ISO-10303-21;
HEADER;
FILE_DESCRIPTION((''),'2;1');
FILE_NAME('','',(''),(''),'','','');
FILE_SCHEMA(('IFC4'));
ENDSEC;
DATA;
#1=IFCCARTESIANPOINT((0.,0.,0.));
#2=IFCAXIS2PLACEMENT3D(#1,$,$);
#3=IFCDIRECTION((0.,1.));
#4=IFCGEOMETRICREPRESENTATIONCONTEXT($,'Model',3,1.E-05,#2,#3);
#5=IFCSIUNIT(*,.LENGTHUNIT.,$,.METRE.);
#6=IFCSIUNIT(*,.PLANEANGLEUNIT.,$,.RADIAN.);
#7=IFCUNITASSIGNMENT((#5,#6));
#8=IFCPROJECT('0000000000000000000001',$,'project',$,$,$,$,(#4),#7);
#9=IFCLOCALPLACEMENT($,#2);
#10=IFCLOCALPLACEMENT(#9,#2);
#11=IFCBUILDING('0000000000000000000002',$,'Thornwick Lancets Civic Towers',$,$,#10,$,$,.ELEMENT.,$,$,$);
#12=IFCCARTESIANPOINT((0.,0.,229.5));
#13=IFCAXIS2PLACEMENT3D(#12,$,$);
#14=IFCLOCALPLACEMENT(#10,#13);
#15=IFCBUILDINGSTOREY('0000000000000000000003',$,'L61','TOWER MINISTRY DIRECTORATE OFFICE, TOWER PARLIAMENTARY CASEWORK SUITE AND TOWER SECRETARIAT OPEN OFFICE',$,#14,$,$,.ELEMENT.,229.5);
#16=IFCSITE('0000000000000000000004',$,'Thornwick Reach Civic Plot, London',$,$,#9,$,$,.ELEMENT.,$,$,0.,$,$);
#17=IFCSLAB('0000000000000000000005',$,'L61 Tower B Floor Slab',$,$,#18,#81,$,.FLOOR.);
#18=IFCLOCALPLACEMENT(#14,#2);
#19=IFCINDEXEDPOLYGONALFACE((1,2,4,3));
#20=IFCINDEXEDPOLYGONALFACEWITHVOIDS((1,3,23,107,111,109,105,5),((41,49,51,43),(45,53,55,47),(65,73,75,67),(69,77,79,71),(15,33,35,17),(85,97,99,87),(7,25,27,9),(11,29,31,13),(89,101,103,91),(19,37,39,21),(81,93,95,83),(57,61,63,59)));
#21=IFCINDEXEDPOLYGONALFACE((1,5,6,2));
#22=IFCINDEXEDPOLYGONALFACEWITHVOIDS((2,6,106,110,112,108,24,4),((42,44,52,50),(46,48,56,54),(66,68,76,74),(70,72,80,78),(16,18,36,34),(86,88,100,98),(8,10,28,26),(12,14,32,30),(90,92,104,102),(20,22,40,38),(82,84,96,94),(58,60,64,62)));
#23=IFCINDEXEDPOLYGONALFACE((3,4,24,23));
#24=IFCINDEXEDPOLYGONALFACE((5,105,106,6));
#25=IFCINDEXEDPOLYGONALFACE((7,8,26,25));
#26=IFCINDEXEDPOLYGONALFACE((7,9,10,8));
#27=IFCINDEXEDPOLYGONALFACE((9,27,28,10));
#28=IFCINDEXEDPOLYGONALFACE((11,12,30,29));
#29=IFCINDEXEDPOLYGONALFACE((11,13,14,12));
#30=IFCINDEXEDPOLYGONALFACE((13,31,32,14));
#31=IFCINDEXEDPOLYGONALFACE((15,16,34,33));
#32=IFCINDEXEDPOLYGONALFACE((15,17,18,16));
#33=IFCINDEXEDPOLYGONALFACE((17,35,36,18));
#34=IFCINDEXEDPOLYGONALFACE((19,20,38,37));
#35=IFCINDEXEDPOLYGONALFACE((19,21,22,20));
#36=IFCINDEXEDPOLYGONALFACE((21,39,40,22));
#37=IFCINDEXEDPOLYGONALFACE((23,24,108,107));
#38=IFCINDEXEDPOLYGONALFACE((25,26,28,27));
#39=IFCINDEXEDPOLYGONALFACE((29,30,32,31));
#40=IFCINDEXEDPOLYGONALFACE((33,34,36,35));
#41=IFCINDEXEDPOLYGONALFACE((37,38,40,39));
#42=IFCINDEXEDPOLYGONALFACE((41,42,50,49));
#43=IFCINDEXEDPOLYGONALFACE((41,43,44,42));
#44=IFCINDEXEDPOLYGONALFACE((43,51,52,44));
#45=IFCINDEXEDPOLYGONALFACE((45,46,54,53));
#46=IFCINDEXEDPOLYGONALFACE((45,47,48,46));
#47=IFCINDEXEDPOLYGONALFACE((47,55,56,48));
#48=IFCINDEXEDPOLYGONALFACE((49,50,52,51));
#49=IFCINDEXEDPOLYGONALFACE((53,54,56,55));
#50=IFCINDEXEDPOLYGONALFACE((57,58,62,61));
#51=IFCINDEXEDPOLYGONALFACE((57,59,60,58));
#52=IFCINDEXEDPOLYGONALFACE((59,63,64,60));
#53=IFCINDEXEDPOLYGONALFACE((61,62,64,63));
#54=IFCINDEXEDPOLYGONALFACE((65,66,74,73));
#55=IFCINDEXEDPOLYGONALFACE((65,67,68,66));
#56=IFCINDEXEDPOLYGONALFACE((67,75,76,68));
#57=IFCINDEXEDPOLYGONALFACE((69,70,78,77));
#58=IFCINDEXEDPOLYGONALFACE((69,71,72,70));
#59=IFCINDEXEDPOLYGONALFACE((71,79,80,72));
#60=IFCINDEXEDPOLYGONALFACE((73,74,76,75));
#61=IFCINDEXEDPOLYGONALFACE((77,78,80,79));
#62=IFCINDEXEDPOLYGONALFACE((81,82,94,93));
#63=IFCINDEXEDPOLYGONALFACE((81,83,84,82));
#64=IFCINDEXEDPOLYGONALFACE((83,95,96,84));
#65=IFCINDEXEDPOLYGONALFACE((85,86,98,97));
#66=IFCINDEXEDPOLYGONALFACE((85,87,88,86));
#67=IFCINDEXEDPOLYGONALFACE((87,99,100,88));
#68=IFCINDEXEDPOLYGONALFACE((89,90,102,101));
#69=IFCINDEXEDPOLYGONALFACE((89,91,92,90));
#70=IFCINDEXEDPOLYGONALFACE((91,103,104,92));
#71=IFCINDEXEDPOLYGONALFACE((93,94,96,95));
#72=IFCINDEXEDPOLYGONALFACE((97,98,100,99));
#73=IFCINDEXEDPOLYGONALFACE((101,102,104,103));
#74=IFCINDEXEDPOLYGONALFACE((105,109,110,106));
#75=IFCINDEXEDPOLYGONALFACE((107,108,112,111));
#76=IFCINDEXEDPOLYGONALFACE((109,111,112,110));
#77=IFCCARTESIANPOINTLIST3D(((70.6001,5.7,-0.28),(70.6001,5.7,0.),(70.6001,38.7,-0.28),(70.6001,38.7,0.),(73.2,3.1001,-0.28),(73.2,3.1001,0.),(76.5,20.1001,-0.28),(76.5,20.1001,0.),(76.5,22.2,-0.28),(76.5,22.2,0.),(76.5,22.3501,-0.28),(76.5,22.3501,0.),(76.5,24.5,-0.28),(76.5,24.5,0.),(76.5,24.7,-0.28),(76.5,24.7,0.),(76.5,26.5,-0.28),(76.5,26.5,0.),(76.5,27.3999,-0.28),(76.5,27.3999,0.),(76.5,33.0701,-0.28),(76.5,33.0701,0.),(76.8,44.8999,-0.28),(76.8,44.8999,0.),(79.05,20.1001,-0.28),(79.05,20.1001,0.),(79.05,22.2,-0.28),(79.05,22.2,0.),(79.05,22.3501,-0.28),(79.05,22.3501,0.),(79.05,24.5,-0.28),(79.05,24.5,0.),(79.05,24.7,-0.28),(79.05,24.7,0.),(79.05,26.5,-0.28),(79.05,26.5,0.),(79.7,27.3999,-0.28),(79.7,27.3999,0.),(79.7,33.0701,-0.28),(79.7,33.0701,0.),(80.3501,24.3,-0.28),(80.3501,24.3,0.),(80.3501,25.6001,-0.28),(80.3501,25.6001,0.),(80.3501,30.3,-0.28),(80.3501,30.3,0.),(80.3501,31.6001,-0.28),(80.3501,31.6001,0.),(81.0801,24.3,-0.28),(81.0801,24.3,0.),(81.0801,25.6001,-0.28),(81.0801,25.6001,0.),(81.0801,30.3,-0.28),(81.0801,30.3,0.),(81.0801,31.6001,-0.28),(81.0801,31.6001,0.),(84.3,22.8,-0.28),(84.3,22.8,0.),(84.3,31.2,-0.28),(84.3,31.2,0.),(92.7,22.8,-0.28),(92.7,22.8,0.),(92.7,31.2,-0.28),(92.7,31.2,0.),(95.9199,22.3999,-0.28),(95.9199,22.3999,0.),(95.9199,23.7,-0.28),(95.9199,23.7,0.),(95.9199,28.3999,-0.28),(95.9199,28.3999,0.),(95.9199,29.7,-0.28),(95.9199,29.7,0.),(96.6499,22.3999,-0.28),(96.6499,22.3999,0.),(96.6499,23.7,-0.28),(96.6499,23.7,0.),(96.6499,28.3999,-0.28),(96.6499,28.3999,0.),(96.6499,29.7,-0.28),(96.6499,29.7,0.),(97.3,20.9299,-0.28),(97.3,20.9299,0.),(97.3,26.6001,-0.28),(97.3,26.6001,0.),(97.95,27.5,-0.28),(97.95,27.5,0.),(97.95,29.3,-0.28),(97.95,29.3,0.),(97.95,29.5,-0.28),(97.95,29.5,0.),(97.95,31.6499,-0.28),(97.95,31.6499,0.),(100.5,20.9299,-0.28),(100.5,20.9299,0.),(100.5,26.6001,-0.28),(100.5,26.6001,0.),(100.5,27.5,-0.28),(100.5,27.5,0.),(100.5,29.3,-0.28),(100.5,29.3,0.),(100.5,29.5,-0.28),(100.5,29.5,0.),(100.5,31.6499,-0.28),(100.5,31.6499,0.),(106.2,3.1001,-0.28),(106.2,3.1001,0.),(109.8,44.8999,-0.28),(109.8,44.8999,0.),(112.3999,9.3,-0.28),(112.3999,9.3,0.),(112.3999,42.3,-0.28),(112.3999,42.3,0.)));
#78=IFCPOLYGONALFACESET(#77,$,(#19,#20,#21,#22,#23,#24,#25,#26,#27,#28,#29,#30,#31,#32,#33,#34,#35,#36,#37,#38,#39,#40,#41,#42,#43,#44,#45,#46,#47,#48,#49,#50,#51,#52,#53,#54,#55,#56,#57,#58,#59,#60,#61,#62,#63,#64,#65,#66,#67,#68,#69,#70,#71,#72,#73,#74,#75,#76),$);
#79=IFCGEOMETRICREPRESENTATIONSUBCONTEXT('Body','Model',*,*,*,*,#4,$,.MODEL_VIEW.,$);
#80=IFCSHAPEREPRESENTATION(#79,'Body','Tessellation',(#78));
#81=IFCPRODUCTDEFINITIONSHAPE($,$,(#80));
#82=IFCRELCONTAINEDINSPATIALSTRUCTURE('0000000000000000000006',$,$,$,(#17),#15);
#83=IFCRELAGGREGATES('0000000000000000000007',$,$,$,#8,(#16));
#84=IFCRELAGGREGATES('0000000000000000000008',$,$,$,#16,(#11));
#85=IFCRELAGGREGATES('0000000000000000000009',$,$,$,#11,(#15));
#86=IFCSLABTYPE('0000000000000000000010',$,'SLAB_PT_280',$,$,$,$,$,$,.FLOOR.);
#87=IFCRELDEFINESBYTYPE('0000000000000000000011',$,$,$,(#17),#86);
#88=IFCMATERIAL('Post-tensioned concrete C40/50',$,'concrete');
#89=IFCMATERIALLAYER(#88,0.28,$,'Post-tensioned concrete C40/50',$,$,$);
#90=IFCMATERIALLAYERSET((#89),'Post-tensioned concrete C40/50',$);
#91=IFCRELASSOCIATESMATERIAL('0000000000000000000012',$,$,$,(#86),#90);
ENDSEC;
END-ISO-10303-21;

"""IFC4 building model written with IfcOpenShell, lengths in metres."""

from ifc_helpers import new_model, si_unit, direction, frame, origin, place, context, subcontext, project, spatial, polyline, outline, extrude, material, layer, layer_set, type_object, element, save


model = new_model("IFC4")

# Units and contexts
model_context = context("Model", 3, precision=1e-05, world=origin(), true_north=direction((0.0, 1.0)))
body_context = subcontext(model_context, "Body", "Model", "MODEL_VIEW")
ifc_project = project(units=[si_unit("LENGTHUNIT", "METRE"), si_unit("PLANEANGLEUNIT", "RADIAN")], contexts=[model_context])

# Site, building, storey
site_placement = place(None, origin())
site = spatial("IfcSite", under=ifc_project, at=site_placement, Name="Thornwick Reach Civic Plot, London", CompositionType="ELEMENT", RefElevation=0.0)
building_placement = place(site_placement, origin())
building = spatial("IfcBuilding", under=site, at=building_placement, Name="Thornwick Lancets Civic Towers", CompositionType="ELEMENT")
storey_placement = place(building_placement, frame((0.0, 0.0, 229.5)))
storey = spatial("IfcBuildingStorey", under=building, at=storey_placement, Name="L61", Description="TOWER MINISTRY DIRECTORATE OFFICE, TOWER PARLIAMENTARY CASEWORK SUITE AND TOWER SECRETARIAT OPEN OFFICE", CompositionType="ELEMENT", Elevation=229.5)

# Slab
ifc_material_1 = material(Name="Post-tensioned concrete C40/50", Category="concrete")
ifc_layer_1 = layer(ifc_material_1, 0.28, Name="Post-tensioned concrete C40/50")
ifc_layer_set_1 = layer_set([ifc_layer_1], Name="Post-tensioned concrete C40/50")
slab_type_1 = type_object("IfcSlabType", Name="SLAB_PT_280", PredefinedType="FLOOR", material=ifc_layer_set_1)
slab_1_placement = place(storey_placement, frame((0.0, 0.0, -0.28)))
element("IfcSlab", 1, at=slab_1_placement, inside=storey, type_object=slab_type_1, Name="L61 Tower B Floor Slab", PredefinedType="FLOOR", context=body_context, shape_type="SweptSolid", body=[
    extrude(outline(polyline([(73.2, 3.1001), (106.2, 3.1001), (112.3999, 9.3), (112.3999, 42.3), (109.8, 44.8999), (76.8, 44.8999), (70.6001, 38.7), (70.6001, 5.7), (73.2, 3.1001)]), holes=[polyline([(84.3, 22.8), (92.7, 22.8), (92.7, 31.2), (84.3, 31.2), (84.3, 22.8)]), polyline([(100.5, 20.9299), (100.5, 26.6001), (97.3, 26.6001), (97.3, 20.9299), (100.5, 20.9299)]), polyline([(76.5, 33.0701), (76.5, 27.3999), (79.7, 27.3999), (79.7, 33.0701), (76.5, 33.0701)]), polyline([(97.95, 27.5), (100.5, 27.5), (100.5, 29.3), (97.95, 29.3), (97.95, 27.5)]), polyline([(97.95, 29.5), (100.5, 29.5), (100.5, 31.6499), (97.95, 31.6499), (97.95, 29.5)]), polyline([(76.5, 24.7), (79.05, 24.7), (79.05, 26.5), (76.5, 26.5), (76.5, 24.7)]), polyline([(76.5, 22.3501), (79.05, 22.3501), (79.05, 24.5), (76.5, 24.5), (76.5, 22.3501)]), polyline([(76.5, 20.1001), (79.05, 20.1001), (79.05, 22.2), (76.5, 22.2), (76.5, 20.1001)]), polyline([(95.9199, 28.3999), (96.6499, 28.3999), (96.6499, 29.7), (95.9199, 29.7), (95.9199, 28.3999)]), polyline([(95.9199, 22.3999), (96.6499, 22.3999), (96.6499, 23.7), (95.9199, 23.7), (95.9199, 22.3999)]), polyline([(80.3501, 24.3), (81.0801, 24.3), (81.0801, 25.6001), (80.3501, 25.6001), (80.3501, 24.3)]), polyline([(80.3501, 30.3), (81.0801, 30.3), (81.0801, 31.6001), (80.3501, 31.6001), (80.3501, 30.3)])]), origin(), (0.0, 0.0, 1.0), 0.28),
])

save(model, "model.ifc")
